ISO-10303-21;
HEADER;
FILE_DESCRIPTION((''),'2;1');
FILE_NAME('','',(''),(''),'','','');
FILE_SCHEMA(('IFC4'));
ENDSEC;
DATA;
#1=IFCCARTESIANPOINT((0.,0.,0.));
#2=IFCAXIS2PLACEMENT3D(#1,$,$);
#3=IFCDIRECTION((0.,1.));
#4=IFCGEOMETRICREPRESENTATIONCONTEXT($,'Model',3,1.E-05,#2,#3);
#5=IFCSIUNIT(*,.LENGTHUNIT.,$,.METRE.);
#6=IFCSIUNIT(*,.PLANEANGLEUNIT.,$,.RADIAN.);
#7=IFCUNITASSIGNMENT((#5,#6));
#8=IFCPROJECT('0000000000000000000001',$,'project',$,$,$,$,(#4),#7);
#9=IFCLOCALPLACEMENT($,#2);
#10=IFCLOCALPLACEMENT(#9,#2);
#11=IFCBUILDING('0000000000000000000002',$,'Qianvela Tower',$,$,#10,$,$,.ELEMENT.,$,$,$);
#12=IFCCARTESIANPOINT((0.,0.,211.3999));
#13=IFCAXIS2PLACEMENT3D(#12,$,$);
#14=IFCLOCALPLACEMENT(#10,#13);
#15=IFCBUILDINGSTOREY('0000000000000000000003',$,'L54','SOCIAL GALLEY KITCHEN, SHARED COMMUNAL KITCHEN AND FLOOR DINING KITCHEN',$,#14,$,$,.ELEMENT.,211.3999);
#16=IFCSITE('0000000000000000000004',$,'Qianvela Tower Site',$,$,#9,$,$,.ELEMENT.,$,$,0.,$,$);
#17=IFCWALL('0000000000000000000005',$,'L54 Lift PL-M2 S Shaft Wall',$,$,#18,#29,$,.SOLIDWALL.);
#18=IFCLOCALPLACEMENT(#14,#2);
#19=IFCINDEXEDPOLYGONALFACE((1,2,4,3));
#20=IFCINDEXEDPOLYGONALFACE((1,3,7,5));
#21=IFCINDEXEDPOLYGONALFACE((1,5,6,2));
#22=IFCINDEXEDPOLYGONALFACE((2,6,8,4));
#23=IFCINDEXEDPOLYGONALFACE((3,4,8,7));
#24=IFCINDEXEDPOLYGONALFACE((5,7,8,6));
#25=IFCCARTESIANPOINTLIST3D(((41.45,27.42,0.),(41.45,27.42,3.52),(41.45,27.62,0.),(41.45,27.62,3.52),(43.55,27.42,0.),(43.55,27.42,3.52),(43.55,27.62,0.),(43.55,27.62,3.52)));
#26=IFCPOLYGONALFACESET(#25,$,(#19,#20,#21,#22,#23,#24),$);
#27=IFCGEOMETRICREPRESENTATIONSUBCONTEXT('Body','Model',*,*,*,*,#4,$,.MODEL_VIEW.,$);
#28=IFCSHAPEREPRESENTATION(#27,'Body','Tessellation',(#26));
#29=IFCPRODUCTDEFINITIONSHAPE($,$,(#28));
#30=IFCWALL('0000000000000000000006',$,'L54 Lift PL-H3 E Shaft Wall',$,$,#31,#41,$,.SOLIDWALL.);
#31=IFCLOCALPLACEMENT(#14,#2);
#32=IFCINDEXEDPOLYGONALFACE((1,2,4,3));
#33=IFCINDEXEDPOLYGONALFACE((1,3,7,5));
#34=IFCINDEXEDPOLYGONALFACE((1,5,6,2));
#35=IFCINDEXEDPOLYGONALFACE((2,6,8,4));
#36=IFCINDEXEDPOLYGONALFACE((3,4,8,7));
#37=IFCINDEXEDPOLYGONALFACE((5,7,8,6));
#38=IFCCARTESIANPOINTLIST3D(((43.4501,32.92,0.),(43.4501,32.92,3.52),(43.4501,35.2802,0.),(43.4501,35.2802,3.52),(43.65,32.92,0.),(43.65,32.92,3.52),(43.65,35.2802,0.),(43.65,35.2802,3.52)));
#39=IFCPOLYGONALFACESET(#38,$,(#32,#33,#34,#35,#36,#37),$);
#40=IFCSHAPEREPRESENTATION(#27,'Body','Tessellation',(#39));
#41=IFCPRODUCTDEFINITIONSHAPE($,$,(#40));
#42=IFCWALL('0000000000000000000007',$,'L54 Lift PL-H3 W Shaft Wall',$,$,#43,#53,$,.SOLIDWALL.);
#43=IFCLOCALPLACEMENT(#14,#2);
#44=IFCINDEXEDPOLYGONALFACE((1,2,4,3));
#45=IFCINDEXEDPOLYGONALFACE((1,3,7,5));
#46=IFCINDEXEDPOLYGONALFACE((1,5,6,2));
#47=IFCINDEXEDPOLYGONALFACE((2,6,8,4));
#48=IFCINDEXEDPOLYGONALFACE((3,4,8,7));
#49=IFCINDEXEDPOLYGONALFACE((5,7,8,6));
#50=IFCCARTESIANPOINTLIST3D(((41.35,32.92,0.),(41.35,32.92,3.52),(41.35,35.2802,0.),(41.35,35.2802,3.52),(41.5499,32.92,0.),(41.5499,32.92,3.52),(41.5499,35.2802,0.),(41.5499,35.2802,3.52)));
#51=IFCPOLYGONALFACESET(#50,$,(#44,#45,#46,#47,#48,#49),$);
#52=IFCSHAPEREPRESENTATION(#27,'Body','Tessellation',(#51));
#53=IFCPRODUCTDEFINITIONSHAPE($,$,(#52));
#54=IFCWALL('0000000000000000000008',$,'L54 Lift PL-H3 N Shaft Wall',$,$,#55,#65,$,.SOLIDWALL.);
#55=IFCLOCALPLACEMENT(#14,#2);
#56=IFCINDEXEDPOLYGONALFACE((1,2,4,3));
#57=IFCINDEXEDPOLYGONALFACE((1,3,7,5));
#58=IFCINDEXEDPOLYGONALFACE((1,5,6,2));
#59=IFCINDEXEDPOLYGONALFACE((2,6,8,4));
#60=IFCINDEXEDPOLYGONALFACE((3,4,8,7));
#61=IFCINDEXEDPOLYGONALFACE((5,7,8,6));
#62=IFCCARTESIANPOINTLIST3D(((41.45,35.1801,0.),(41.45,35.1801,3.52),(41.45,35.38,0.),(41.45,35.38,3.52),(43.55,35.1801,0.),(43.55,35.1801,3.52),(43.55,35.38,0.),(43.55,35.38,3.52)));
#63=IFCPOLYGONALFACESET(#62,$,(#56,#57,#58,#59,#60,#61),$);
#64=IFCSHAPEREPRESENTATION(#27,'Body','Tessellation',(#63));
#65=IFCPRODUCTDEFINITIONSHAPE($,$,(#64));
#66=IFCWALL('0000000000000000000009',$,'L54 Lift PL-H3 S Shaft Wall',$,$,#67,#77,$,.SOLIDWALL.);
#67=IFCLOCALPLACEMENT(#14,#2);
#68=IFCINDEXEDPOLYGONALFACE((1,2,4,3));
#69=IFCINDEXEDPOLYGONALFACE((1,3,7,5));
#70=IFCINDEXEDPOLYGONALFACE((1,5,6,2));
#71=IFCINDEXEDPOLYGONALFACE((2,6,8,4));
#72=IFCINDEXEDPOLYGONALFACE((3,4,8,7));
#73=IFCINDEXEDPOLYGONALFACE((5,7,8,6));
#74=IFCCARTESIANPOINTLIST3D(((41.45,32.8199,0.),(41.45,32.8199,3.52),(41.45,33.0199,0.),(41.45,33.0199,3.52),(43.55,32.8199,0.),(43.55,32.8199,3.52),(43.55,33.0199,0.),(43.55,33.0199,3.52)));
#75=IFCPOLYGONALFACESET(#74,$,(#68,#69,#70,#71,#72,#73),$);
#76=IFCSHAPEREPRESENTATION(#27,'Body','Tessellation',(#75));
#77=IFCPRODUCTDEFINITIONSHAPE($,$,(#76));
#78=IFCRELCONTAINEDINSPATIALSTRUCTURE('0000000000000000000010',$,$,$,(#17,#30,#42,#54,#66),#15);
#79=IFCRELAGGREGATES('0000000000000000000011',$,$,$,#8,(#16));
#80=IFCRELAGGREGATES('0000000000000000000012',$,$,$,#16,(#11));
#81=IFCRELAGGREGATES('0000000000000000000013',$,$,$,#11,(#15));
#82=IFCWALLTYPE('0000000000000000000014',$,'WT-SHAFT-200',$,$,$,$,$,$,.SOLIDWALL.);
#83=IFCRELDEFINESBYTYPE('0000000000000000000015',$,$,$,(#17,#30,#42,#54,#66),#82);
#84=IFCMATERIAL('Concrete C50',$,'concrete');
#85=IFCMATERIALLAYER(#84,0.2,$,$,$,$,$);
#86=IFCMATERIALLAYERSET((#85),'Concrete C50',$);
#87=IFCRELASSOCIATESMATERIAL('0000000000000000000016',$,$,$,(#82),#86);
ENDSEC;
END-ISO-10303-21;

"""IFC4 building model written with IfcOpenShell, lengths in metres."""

from ifc_helpers import new_model, si_unit, direction, frame, frame_2d, origin, place, context, subcontext, project, spatial, rectangle, extrude, material, layer, layer_set, type_object, element, save


model = new_model("IFC4")

# Units and contexts
model_context = context("Model", 3, precision=1e-05, world=origin(), true_north=direction((0.0, 1.0)))
body_context = subcontext(model_context, "Body", "Model", "MODEL_VIEW")
ifc_project = project(units=[si_unit("LENGTHUNIT", "METRE"), si_unit("PLANEANGLEUNIT", "RADIAN")], contexts=[model_context])

# Site, building, storey
site_placement = place(None, origin())
site = spatial("IfcSite", under=ifc_project, at=site_placement, Name="Qianvela Tower Site", CompositionType="ELEMENT", RefElevation=0.0)
building_placement = place(site_placement, origin())
building = spatial("IfcBuilding", under=site, at=building_placement, Name="Qianvela Tower", CompositionType="ELEMENT")
storey_placement = place(building_placement, frame((0.0, 0.0, 211.3999)))
storey = spatial("IfcBuildingStorey", under=building, at=storey_placement, Name="L54", Description="SOCIAL GALLEY KITCHEN, SHARED COMMUNAL KITCHEN AND FLOOR DINING KITCHEN", CompositionType="ELEMENT", Elevation=211.3999)

# Shared definitions
ifc_material_1 = material(Name="Concrete C50", Category="concrete")
ifc_layer_1 = layer(ifc_material_1, 0.2)
ifc_layer_set_1 = layer_set([ifc_layer_1], Name="Concrete C50")
wall_type_1 = type_object("IfcWallType", Name="WT-SHAFT-200", PredefinedType="SOLIDWALL", material=ifc_layer_set_1)

# Walls
wall_1_placement = place(storey_placement, frame((41.45, 27.52, 0.0), z_axis=(0.0, 0.0, 1.0), x_axis=(1.0, 0.0, 0.0)))
element("IfcWall", 1, at=wall_1_placement, inside=storey, type_object=wall_type_1, Name="L54 Lift PL-M2 S Shaft Wall", PredefinedType="SOLIDWALL", context=body_context, shape_type="SweptSolid", body=[
    extrude(rectangle(XDim=2.1001, YDim=0.2, at=frame_2d((1.05, 0.0))), origin(), (0.0, 0.0, 1.0), 3.52),
])
for number, where, z_axis, x_axis, name in (
    (2, (43.55, 32.9199, 0.0), (0.0, 0.0, 1.0), (0.0, 1.0, 0.0), "L54 Lift PL-H3 E Shaft Wall"),
    (3, (41.45, 32.9199, 0.0), (0.0, 0.0, 1.0), (0.0, 1.0, 0.0), "L54 Lift PL-H3 W Shaft Wall"),
):
    element("IfcWall", number, at=place(storey_placement, frame(where, z_axis=z_axis, x_axis=x_axis)), inside=storey, type_object=wall_type_1, Name=name, PredefinedType="SOLIDWALL", context=body_context, shape_type="SweptSolid", body=[
        extrude(rectangle(XDim=2.3601, YDim=0.2, at=frame_2d((1.1802, 0.0))), origin(), (0.0, 0.0, 1.0), 3.52),
    ])
for number, where, z_axis, x_axis, name in (
    (4, (41.45, 35.28, 0.0), (0.0, 0.0, 1.0), (1.0, 0.0, 0.0), "L54 Lift PL-H3 N Shaft Wall"),
    (5, (41.45, 32.9199, 0.0), (0.0, 0.0, 1.0), (1.0, 0.0, 0.0), "L54 Lift PL-H3 S Shaft Wall"),
):
    element("IfcWall", number, at=place(storey_placement, frame(where, z_axis=z_axis, x_axis=x_axis)), inside=storey, type_object=wall_type_1, Name=name, PredefinedType="SOLIDWALL", context=body_context, shape_type="SweptSolid", body=[
        extrude(rectangle(XDim=2.1001, YDim=0.2, at=frame_2d((1.05, 0.0))), origin(), (0.0, 0.0, 1.0), 3.52),
    ])

save(model, "model.ifc")
